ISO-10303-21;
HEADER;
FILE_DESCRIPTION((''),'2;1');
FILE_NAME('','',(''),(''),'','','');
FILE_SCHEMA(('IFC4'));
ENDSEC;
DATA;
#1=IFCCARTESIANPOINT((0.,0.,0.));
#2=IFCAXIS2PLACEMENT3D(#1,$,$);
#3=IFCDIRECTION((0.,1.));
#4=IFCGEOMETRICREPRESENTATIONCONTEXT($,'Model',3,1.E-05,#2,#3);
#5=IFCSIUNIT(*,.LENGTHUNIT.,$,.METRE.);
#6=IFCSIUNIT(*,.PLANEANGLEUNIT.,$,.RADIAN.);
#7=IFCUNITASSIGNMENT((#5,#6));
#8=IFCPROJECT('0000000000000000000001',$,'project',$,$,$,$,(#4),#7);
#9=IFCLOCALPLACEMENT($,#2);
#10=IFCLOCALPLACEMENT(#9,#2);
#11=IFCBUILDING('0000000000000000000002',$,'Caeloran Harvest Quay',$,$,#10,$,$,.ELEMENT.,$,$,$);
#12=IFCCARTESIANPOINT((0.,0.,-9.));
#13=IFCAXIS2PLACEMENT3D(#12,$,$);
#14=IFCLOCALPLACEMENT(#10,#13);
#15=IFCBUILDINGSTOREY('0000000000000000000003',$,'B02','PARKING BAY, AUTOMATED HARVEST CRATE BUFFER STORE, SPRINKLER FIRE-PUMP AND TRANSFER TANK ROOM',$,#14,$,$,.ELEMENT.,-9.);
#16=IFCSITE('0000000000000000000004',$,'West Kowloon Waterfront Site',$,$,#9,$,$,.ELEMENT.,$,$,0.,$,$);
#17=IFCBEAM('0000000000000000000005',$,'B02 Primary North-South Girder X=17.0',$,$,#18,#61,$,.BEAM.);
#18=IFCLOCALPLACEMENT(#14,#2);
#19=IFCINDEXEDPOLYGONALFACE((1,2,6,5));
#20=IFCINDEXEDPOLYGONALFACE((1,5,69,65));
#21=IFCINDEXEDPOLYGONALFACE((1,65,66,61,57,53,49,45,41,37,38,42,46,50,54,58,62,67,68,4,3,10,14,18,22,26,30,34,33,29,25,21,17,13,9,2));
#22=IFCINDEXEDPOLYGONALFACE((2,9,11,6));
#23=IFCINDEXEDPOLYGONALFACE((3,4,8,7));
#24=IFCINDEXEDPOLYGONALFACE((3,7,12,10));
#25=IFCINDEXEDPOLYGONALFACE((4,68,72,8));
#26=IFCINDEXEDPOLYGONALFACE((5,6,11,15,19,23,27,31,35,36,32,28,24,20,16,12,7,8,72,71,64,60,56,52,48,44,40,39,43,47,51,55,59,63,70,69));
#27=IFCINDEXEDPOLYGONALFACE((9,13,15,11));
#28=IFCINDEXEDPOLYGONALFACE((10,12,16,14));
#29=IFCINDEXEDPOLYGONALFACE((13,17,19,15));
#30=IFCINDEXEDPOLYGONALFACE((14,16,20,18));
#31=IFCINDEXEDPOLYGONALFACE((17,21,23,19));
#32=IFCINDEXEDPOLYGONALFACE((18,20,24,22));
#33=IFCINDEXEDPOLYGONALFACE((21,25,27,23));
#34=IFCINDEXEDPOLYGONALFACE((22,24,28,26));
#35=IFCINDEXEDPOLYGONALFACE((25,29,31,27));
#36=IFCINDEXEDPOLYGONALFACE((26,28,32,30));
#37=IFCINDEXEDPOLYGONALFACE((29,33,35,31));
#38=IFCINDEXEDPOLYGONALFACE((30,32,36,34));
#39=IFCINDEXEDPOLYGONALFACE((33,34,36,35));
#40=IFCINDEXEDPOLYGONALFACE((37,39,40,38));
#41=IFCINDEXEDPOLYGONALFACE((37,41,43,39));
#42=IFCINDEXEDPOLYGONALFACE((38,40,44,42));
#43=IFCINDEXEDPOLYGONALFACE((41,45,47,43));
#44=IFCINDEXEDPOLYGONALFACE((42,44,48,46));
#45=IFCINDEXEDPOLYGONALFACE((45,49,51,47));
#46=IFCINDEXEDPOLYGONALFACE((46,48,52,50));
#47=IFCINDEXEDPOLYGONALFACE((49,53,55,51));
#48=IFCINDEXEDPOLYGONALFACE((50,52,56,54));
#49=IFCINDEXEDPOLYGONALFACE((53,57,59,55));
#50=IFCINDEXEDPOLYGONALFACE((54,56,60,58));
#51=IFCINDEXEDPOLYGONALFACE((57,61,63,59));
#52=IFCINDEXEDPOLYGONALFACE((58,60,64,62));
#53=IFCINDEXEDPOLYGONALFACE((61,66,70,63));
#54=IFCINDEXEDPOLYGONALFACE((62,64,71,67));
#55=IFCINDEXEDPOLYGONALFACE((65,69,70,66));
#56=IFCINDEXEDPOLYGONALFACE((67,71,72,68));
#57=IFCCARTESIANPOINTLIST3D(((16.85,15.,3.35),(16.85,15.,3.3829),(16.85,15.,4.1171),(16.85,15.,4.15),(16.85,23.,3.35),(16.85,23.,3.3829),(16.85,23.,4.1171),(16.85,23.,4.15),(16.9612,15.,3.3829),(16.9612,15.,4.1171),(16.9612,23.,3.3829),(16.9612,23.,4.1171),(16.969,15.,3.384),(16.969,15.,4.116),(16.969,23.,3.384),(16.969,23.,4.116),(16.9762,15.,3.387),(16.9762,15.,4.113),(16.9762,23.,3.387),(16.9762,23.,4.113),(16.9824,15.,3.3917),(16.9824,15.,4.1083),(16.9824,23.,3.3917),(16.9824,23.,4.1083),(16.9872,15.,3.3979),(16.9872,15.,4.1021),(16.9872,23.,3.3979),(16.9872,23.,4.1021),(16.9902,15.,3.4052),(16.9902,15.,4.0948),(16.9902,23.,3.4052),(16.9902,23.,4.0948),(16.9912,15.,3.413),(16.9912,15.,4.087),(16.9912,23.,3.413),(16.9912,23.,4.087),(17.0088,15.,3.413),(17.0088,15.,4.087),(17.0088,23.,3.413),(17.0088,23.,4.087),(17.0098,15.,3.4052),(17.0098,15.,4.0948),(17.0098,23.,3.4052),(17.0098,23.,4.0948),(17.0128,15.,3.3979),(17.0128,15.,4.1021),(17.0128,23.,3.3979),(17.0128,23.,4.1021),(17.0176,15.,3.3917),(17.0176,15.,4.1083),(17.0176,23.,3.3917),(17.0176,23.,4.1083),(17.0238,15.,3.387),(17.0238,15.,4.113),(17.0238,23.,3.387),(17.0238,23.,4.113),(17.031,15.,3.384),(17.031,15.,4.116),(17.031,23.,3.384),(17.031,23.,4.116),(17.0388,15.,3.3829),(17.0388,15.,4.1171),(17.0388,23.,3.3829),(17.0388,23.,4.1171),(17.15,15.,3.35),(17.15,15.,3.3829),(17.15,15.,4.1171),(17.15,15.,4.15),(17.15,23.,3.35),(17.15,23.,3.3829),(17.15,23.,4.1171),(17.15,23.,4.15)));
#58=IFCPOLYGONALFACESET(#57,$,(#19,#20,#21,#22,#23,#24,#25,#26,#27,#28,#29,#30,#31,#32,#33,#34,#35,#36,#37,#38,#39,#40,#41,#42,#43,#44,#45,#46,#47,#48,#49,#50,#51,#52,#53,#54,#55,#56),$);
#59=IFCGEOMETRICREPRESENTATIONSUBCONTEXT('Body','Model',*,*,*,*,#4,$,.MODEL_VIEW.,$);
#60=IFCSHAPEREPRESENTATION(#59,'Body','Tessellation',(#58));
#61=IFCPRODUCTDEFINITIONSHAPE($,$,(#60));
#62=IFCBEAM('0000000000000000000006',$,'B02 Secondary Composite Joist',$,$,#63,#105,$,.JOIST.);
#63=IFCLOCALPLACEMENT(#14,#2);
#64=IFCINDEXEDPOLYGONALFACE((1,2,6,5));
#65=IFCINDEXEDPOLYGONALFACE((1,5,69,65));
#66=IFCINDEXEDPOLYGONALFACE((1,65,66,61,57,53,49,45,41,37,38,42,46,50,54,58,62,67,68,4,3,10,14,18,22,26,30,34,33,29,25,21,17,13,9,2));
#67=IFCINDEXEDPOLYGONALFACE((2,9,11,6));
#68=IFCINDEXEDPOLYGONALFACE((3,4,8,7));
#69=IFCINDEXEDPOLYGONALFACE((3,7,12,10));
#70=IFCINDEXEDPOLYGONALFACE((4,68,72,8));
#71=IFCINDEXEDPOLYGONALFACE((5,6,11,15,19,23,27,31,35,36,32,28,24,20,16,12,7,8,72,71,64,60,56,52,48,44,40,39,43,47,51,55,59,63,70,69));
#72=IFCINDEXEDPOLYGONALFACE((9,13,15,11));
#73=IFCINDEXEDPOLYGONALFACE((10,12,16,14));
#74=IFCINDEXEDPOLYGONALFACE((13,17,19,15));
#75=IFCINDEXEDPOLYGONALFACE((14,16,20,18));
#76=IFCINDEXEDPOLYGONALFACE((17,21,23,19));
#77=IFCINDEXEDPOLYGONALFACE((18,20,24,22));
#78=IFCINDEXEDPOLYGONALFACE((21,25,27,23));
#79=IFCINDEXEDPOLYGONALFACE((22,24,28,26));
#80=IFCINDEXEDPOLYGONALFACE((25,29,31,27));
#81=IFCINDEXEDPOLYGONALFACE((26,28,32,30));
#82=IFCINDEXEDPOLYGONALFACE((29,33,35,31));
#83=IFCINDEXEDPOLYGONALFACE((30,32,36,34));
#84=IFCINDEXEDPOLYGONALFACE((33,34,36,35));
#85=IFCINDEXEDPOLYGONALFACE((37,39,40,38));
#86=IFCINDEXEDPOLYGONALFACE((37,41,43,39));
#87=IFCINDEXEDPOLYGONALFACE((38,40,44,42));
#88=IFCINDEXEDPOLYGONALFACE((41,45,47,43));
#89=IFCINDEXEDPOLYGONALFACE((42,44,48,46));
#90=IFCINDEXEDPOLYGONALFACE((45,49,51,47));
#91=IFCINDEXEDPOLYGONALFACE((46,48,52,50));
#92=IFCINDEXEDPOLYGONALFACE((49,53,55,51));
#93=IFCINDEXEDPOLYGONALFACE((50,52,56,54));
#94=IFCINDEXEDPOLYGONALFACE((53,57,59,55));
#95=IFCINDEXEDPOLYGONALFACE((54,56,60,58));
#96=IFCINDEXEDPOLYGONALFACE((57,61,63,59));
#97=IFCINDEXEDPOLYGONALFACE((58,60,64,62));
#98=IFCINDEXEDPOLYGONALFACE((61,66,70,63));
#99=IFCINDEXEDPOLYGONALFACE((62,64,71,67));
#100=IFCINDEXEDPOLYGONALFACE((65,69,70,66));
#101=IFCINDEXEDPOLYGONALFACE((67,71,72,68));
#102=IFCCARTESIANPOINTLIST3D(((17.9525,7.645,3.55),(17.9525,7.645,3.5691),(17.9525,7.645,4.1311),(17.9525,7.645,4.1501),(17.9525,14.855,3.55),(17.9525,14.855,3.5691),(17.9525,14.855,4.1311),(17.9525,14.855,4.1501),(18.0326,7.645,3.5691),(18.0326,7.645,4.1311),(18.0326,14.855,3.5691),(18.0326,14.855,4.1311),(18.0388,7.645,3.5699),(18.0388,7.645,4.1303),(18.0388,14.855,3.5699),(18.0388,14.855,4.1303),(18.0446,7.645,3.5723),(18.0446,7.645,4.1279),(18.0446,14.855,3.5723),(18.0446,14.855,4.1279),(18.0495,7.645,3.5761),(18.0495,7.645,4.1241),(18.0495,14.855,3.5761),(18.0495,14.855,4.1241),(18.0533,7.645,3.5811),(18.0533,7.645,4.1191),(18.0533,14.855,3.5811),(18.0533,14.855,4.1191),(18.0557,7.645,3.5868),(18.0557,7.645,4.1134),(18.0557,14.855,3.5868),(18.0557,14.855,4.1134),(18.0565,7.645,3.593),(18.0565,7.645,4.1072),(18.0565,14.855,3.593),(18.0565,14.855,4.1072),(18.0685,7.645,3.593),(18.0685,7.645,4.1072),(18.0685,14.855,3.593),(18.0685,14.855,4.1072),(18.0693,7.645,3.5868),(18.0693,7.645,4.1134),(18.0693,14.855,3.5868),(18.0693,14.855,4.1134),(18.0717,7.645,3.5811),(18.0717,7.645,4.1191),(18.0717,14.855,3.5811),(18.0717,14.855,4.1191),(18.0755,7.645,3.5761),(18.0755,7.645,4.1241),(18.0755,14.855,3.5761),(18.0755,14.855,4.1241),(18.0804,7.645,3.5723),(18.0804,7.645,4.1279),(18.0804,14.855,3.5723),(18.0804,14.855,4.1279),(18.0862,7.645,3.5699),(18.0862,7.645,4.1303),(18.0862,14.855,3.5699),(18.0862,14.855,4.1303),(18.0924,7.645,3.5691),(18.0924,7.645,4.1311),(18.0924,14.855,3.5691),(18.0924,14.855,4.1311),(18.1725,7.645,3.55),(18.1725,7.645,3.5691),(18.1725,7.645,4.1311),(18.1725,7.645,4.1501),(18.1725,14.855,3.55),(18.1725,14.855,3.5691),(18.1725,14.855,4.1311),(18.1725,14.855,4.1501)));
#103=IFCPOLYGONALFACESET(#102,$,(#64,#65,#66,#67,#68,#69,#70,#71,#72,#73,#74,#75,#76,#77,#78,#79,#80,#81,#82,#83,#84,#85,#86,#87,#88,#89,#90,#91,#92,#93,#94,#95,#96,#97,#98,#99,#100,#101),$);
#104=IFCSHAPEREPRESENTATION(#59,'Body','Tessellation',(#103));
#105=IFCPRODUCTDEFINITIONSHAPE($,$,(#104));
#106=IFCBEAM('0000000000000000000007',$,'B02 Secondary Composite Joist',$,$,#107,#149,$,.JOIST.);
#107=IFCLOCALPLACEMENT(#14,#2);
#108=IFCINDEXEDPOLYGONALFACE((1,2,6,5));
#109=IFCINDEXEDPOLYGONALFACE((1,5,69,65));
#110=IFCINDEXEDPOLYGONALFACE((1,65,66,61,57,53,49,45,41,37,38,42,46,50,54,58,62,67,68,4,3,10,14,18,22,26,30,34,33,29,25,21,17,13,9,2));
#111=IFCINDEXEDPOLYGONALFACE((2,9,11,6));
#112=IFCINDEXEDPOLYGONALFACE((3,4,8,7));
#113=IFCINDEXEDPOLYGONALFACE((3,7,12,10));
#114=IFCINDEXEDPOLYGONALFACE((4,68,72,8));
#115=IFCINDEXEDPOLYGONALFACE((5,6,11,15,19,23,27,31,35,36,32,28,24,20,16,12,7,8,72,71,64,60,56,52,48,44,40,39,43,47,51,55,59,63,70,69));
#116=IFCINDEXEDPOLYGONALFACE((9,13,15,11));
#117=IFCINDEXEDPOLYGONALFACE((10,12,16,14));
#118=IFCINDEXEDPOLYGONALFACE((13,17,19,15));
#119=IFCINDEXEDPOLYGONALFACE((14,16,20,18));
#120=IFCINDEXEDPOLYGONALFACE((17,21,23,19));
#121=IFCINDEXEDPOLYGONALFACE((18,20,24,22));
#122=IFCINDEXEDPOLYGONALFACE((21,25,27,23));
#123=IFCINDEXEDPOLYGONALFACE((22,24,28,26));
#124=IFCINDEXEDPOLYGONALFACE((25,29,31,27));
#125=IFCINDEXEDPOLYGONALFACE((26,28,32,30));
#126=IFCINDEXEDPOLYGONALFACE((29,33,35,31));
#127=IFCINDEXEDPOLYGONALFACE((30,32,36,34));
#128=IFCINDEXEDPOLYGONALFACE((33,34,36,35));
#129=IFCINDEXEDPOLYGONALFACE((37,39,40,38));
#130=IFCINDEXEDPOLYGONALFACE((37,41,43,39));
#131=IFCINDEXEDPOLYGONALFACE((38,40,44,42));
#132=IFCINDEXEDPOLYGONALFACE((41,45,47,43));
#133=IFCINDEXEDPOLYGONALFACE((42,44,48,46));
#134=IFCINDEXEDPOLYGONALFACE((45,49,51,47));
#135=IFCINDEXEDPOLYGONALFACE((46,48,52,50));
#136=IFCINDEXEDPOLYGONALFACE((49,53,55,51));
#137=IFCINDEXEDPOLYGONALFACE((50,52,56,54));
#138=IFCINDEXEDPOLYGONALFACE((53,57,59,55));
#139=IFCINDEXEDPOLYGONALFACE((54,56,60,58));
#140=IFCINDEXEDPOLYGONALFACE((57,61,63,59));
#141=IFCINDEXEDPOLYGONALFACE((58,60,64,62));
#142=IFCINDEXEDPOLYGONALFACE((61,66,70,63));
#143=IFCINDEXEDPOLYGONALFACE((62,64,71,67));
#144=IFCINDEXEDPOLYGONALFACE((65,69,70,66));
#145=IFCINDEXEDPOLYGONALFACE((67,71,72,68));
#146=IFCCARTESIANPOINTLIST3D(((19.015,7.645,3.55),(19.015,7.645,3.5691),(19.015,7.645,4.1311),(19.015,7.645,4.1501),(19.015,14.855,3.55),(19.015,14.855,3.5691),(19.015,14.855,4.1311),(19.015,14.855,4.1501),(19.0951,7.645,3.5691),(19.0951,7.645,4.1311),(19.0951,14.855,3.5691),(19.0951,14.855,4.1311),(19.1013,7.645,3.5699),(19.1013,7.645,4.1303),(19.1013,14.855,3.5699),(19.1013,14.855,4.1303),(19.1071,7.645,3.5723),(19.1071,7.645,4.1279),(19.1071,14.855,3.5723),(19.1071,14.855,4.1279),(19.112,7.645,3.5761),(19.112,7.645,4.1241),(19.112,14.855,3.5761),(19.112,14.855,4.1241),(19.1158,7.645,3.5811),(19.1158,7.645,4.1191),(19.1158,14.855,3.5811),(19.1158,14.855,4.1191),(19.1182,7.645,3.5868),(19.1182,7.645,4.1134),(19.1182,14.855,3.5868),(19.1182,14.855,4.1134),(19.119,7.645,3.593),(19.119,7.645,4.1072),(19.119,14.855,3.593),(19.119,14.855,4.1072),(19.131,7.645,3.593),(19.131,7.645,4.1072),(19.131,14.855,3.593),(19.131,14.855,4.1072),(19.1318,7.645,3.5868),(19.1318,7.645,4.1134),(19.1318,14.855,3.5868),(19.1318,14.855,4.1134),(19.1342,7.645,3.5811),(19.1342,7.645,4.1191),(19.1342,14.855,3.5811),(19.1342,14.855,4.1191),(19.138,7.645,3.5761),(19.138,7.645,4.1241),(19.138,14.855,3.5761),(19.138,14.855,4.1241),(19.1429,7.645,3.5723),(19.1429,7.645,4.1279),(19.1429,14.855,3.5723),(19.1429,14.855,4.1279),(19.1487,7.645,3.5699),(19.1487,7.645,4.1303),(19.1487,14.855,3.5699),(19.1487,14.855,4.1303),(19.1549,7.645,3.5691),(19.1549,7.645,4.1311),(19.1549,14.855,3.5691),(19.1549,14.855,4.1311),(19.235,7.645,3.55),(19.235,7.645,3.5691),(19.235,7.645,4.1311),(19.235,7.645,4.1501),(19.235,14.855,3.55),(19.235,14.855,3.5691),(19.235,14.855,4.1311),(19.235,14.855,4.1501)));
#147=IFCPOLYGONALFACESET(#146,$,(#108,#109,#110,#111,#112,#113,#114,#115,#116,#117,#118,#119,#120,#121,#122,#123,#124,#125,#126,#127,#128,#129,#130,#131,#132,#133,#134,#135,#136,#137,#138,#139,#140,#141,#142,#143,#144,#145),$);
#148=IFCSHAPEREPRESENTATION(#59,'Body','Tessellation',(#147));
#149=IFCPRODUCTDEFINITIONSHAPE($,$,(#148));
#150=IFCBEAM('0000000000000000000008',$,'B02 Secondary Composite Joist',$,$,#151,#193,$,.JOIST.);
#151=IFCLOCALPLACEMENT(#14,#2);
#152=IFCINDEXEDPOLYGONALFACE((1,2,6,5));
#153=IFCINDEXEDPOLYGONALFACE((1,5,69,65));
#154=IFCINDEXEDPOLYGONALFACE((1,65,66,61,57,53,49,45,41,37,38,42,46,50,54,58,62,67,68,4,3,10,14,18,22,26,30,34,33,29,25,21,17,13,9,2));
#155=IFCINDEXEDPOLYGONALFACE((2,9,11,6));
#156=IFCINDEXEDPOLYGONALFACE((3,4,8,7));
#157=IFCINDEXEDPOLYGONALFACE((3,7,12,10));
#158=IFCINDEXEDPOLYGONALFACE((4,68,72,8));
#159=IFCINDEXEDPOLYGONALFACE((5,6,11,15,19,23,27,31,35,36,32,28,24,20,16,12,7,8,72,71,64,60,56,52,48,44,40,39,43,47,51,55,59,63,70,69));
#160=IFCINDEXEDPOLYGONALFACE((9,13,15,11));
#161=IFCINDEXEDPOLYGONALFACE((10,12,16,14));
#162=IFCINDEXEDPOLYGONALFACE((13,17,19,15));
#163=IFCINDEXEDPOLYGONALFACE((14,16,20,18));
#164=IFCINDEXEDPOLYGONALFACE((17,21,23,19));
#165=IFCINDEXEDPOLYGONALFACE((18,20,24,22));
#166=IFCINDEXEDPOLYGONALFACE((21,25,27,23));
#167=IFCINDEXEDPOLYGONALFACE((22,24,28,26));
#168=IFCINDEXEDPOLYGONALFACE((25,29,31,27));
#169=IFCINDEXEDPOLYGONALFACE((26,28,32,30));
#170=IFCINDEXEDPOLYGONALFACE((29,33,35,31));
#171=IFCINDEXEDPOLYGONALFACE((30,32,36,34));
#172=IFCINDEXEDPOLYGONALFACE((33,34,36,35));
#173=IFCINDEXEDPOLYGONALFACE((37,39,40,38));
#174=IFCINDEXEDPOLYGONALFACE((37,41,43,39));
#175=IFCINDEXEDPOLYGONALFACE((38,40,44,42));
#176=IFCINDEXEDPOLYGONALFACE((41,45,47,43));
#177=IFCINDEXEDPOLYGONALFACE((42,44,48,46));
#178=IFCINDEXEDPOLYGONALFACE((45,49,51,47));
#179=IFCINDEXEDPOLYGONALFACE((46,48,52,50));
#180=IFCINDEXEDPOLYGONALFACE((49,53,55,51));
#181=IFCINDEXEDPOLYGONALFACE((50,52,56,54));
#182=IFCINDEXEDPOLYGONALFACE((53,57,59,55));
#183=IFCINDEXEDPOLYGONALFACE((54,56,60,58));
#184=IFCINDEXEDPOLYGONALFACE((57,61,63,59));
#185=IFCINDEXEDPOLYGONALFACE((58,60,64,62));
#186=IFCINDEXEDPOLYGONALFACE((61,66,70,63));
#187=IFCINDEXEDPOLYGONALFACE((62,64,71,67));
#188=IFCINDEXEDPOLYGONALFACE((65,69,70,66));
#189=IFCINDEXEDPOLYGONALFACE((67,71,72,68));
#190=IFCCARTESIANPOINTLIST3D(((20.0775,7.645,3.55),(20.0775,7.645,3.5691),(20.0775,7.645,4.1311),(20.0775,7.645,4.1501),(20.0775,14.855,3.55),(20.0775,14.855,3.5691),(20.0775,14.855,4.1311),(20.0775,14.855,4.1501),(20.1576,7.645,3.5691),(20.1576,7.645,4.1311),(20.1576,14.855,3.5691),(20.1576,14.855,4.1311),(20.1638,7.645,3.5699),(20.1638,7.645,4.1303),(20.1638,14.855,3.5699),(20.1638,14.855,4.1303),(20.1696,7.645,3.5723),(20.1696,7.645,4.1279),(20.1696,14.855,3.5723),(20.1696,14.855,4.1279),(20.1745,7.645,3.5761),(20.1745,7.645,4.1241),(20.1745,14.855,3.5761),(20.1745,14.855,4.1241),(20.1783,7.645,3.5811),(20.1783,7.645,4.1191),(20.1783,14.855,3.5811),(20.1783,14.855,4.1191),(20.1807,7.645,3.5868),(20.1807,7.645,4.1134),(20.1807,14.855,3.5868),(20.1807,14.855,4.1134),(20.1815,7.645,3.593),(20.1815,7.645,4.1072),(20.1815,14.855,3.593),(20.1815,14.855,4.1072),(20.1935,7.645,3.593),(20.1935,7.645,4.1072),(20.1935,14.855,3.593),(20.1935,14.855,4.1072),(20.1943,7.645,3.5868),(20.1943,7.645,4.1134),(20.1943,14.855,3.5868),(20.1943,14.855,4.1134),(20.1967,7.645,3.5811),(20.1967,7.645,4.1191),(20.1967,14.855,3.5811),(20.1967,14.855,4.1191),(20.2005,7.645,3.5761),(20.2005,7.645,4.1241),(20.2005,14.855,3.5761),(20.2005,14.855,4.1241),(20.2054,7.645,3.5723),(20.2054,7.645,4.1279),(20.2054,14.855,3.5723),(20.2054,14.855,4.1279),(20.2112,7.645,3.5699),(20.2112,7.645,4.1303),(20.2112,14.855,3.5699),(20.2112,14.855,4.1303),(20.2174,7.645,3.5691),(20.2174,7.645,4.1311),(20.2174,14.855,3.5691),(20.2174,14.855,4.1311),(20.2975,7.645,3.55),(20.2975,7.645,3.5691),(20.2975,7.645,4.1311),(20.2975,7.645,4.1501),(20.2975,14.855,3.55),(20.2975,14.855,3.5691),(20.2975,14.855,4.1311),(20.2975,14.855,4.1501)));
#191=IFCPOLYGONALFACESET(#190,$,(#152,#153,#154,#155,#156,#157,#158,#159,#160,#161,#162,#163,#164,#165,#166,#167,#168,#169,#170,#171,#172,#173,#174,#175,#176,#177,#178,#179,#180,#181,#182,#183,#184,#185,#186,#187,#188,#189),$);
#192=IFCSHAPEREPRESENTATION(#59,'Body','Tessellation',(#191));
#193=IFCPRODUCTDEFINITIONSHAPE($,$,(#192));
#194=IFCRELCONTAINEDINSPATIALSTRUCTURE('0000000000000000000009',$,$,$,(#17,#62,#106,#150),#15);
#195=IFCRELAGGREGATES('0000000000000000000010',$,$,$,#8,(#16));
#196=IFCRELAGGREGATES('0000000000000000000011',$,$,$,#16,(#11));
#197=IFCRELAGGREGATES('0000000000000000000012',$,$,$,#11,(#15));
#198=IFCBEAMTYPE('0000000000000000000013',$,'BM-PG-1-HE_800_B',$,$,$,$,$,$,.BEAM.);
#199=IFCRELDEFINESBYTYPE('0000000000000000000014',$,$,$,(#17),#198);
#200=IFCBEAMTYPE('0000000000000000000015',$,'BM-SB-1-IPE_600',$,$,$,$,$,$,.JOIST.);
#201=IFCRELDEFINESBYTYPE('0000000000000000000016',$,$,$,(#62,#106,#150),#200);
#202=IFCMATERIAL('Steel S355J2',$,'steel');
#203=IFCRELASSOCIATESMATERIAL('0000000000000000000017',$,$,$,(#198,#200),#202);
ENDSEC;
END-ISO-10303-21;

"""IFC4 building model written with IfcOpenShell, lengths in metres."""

from ifc_helpers import new_model, si_unit, direction, frame, origin, origin_2d, place, context, subcontext, project, spatial, i_section, extrude, material, material_profile, profile_set, type_object, element, save


model = new_model("IFC4")

# Units and contexts
model_context = context("Model", 3, precision=1e-05, world=origin(), true_north=direction((0.0, 1.0)))
body_context = subcontext(model_context, "Body", "Model", "MODEL_VIEW")
ifc_project = project(units=[si_unit("LENGTHUNIT", "METRE"), si_unit("PLANEANGLEUNIT", "RADIAN")], contexts=[model_context])

# Site, building, storey
site_placement = place(None, origin())
site = spatial("IfcSite", under=ifc_project, at=site_placement, Name="West Kowloon Waterfront Site", CompositionType="ELEMENT", RefElevation=0.0)
building_placement = place(site_placement, origin())
building = spatial("IfcBuilding", under=site, at=building_placement, Name="Caeloran Harvest Quay", CompositionType="ELEMENT")
storey_placement = place(building_placement, frame((0.0, 0.0, -9.0)))
storey = spatial("IfcBuildingStorey", under=building, at=storey_placement, Name="B02", Description="PARKING BAY, AUTOMATED HARVEST CRATE BUFFER STORE, SPRINKLER FIRE-PUMP AND TRANSFER TANK ROOM", CompositionType="ELEMENT", Elevation=-9.0)

# Beams
ifc_material_1 = material(Name="Steel S355J2", Category="steel")
ifc_material_profile_1 = material_profile(ifc_material_1, i_section(OverallWidth=0.3, OverallDepth=0.8, WebThickness=0.0176, FlangeThickness=0.033, FilletRadius=0.03, at=origin_2d()), Name="HE 800 B")
ifc_profile_set_1 = profile_set([ifc_material_profile_1], Name="Steel S355J2")
beam_type_1 = type_object("IfcBeamType", Name="BM-PG-1-HE_800_B", PredefinedType="BEAM", material=ifc_profile_set_1)
beam_1_placement = place(storey_placement, frame((17.0, 15.0, 3.75), z_axis=(0.0, 1.0, 0.0), x_axis=(-1.0, 0.0, 0.0)))
element("IfcBeam", 1, at=beam_1_placement, inside=storey, type_object=beam_type_1, Name="B02 Primary North-South Girder X=17.0", PredefinedType="BEAM", context=body_context, shape_type="SweptSolid", body=[
    extrude(i_section(OverallWidth=0.3, OverallDepth=0.8, WebThickness=0.0176, FlangeThickness=0.033, FilletRadius=0.03, at=origin_2d()), origin(), (0.0, 0.0, 1.0), 8.0),
])
ifc_material_profile_2 = material_profile(ifc_material_1, i_section(OverallWidth=0.22, OverallDepth=0.6001, WebThickness=0.012, FlangeThickness=0.019, FilletRadius=0.0239, at=origin_2d()), Name="IPE 600")
ifc_profile_set_2 = profile_set([ifc_material_profile_2], Name="Steel S355J2")
beam_type_2 = type_object("IfcBeamType", Name="BM-SB-1-IPE_600", PredefinedType="JOIST", material=ifc_profile_set_2)
for number, where, z_axis, x_axis, name in (
    (2, (18.0625, 7.645, 3.8501), (0.0, 1.0, 0.0), (-1.0, 0.0, 0.0), "B02 Secondary Composite Joist"),
    (3, (19.125, 7.645, 3.8501), (0.0, 1.0, 0.0), (-1.0, 0.0, 0.0), "B02 Secondary Composite Joist"),
    (4, (20.1875, 7.645, 3.8501), (0.0, 1.0, 0.0), (-1.0, 0.0, 0.0), "B02 Secondary Composite Joist"),
):
    element("IfcBeam", number, at=place(storey_placement, frame(where, z_axis=z_axis, x_axis=x_axis)), inside=storey, type_object=beam_type_2, Name=name, PredefinedType="JOIST", context=body_context, shape_type="SweptSolid", body=[
        extrude(i_section(OverallWidth=0.22, OverallDepth=0.6001, WebThickness=0.012, FlangeThickness=0.019, FilletRadius=0.0239, at=origin_2d()), origin(), (0.0, 0.0, 1.0), 7.21),
    ])

save(model, "model.ifc")
